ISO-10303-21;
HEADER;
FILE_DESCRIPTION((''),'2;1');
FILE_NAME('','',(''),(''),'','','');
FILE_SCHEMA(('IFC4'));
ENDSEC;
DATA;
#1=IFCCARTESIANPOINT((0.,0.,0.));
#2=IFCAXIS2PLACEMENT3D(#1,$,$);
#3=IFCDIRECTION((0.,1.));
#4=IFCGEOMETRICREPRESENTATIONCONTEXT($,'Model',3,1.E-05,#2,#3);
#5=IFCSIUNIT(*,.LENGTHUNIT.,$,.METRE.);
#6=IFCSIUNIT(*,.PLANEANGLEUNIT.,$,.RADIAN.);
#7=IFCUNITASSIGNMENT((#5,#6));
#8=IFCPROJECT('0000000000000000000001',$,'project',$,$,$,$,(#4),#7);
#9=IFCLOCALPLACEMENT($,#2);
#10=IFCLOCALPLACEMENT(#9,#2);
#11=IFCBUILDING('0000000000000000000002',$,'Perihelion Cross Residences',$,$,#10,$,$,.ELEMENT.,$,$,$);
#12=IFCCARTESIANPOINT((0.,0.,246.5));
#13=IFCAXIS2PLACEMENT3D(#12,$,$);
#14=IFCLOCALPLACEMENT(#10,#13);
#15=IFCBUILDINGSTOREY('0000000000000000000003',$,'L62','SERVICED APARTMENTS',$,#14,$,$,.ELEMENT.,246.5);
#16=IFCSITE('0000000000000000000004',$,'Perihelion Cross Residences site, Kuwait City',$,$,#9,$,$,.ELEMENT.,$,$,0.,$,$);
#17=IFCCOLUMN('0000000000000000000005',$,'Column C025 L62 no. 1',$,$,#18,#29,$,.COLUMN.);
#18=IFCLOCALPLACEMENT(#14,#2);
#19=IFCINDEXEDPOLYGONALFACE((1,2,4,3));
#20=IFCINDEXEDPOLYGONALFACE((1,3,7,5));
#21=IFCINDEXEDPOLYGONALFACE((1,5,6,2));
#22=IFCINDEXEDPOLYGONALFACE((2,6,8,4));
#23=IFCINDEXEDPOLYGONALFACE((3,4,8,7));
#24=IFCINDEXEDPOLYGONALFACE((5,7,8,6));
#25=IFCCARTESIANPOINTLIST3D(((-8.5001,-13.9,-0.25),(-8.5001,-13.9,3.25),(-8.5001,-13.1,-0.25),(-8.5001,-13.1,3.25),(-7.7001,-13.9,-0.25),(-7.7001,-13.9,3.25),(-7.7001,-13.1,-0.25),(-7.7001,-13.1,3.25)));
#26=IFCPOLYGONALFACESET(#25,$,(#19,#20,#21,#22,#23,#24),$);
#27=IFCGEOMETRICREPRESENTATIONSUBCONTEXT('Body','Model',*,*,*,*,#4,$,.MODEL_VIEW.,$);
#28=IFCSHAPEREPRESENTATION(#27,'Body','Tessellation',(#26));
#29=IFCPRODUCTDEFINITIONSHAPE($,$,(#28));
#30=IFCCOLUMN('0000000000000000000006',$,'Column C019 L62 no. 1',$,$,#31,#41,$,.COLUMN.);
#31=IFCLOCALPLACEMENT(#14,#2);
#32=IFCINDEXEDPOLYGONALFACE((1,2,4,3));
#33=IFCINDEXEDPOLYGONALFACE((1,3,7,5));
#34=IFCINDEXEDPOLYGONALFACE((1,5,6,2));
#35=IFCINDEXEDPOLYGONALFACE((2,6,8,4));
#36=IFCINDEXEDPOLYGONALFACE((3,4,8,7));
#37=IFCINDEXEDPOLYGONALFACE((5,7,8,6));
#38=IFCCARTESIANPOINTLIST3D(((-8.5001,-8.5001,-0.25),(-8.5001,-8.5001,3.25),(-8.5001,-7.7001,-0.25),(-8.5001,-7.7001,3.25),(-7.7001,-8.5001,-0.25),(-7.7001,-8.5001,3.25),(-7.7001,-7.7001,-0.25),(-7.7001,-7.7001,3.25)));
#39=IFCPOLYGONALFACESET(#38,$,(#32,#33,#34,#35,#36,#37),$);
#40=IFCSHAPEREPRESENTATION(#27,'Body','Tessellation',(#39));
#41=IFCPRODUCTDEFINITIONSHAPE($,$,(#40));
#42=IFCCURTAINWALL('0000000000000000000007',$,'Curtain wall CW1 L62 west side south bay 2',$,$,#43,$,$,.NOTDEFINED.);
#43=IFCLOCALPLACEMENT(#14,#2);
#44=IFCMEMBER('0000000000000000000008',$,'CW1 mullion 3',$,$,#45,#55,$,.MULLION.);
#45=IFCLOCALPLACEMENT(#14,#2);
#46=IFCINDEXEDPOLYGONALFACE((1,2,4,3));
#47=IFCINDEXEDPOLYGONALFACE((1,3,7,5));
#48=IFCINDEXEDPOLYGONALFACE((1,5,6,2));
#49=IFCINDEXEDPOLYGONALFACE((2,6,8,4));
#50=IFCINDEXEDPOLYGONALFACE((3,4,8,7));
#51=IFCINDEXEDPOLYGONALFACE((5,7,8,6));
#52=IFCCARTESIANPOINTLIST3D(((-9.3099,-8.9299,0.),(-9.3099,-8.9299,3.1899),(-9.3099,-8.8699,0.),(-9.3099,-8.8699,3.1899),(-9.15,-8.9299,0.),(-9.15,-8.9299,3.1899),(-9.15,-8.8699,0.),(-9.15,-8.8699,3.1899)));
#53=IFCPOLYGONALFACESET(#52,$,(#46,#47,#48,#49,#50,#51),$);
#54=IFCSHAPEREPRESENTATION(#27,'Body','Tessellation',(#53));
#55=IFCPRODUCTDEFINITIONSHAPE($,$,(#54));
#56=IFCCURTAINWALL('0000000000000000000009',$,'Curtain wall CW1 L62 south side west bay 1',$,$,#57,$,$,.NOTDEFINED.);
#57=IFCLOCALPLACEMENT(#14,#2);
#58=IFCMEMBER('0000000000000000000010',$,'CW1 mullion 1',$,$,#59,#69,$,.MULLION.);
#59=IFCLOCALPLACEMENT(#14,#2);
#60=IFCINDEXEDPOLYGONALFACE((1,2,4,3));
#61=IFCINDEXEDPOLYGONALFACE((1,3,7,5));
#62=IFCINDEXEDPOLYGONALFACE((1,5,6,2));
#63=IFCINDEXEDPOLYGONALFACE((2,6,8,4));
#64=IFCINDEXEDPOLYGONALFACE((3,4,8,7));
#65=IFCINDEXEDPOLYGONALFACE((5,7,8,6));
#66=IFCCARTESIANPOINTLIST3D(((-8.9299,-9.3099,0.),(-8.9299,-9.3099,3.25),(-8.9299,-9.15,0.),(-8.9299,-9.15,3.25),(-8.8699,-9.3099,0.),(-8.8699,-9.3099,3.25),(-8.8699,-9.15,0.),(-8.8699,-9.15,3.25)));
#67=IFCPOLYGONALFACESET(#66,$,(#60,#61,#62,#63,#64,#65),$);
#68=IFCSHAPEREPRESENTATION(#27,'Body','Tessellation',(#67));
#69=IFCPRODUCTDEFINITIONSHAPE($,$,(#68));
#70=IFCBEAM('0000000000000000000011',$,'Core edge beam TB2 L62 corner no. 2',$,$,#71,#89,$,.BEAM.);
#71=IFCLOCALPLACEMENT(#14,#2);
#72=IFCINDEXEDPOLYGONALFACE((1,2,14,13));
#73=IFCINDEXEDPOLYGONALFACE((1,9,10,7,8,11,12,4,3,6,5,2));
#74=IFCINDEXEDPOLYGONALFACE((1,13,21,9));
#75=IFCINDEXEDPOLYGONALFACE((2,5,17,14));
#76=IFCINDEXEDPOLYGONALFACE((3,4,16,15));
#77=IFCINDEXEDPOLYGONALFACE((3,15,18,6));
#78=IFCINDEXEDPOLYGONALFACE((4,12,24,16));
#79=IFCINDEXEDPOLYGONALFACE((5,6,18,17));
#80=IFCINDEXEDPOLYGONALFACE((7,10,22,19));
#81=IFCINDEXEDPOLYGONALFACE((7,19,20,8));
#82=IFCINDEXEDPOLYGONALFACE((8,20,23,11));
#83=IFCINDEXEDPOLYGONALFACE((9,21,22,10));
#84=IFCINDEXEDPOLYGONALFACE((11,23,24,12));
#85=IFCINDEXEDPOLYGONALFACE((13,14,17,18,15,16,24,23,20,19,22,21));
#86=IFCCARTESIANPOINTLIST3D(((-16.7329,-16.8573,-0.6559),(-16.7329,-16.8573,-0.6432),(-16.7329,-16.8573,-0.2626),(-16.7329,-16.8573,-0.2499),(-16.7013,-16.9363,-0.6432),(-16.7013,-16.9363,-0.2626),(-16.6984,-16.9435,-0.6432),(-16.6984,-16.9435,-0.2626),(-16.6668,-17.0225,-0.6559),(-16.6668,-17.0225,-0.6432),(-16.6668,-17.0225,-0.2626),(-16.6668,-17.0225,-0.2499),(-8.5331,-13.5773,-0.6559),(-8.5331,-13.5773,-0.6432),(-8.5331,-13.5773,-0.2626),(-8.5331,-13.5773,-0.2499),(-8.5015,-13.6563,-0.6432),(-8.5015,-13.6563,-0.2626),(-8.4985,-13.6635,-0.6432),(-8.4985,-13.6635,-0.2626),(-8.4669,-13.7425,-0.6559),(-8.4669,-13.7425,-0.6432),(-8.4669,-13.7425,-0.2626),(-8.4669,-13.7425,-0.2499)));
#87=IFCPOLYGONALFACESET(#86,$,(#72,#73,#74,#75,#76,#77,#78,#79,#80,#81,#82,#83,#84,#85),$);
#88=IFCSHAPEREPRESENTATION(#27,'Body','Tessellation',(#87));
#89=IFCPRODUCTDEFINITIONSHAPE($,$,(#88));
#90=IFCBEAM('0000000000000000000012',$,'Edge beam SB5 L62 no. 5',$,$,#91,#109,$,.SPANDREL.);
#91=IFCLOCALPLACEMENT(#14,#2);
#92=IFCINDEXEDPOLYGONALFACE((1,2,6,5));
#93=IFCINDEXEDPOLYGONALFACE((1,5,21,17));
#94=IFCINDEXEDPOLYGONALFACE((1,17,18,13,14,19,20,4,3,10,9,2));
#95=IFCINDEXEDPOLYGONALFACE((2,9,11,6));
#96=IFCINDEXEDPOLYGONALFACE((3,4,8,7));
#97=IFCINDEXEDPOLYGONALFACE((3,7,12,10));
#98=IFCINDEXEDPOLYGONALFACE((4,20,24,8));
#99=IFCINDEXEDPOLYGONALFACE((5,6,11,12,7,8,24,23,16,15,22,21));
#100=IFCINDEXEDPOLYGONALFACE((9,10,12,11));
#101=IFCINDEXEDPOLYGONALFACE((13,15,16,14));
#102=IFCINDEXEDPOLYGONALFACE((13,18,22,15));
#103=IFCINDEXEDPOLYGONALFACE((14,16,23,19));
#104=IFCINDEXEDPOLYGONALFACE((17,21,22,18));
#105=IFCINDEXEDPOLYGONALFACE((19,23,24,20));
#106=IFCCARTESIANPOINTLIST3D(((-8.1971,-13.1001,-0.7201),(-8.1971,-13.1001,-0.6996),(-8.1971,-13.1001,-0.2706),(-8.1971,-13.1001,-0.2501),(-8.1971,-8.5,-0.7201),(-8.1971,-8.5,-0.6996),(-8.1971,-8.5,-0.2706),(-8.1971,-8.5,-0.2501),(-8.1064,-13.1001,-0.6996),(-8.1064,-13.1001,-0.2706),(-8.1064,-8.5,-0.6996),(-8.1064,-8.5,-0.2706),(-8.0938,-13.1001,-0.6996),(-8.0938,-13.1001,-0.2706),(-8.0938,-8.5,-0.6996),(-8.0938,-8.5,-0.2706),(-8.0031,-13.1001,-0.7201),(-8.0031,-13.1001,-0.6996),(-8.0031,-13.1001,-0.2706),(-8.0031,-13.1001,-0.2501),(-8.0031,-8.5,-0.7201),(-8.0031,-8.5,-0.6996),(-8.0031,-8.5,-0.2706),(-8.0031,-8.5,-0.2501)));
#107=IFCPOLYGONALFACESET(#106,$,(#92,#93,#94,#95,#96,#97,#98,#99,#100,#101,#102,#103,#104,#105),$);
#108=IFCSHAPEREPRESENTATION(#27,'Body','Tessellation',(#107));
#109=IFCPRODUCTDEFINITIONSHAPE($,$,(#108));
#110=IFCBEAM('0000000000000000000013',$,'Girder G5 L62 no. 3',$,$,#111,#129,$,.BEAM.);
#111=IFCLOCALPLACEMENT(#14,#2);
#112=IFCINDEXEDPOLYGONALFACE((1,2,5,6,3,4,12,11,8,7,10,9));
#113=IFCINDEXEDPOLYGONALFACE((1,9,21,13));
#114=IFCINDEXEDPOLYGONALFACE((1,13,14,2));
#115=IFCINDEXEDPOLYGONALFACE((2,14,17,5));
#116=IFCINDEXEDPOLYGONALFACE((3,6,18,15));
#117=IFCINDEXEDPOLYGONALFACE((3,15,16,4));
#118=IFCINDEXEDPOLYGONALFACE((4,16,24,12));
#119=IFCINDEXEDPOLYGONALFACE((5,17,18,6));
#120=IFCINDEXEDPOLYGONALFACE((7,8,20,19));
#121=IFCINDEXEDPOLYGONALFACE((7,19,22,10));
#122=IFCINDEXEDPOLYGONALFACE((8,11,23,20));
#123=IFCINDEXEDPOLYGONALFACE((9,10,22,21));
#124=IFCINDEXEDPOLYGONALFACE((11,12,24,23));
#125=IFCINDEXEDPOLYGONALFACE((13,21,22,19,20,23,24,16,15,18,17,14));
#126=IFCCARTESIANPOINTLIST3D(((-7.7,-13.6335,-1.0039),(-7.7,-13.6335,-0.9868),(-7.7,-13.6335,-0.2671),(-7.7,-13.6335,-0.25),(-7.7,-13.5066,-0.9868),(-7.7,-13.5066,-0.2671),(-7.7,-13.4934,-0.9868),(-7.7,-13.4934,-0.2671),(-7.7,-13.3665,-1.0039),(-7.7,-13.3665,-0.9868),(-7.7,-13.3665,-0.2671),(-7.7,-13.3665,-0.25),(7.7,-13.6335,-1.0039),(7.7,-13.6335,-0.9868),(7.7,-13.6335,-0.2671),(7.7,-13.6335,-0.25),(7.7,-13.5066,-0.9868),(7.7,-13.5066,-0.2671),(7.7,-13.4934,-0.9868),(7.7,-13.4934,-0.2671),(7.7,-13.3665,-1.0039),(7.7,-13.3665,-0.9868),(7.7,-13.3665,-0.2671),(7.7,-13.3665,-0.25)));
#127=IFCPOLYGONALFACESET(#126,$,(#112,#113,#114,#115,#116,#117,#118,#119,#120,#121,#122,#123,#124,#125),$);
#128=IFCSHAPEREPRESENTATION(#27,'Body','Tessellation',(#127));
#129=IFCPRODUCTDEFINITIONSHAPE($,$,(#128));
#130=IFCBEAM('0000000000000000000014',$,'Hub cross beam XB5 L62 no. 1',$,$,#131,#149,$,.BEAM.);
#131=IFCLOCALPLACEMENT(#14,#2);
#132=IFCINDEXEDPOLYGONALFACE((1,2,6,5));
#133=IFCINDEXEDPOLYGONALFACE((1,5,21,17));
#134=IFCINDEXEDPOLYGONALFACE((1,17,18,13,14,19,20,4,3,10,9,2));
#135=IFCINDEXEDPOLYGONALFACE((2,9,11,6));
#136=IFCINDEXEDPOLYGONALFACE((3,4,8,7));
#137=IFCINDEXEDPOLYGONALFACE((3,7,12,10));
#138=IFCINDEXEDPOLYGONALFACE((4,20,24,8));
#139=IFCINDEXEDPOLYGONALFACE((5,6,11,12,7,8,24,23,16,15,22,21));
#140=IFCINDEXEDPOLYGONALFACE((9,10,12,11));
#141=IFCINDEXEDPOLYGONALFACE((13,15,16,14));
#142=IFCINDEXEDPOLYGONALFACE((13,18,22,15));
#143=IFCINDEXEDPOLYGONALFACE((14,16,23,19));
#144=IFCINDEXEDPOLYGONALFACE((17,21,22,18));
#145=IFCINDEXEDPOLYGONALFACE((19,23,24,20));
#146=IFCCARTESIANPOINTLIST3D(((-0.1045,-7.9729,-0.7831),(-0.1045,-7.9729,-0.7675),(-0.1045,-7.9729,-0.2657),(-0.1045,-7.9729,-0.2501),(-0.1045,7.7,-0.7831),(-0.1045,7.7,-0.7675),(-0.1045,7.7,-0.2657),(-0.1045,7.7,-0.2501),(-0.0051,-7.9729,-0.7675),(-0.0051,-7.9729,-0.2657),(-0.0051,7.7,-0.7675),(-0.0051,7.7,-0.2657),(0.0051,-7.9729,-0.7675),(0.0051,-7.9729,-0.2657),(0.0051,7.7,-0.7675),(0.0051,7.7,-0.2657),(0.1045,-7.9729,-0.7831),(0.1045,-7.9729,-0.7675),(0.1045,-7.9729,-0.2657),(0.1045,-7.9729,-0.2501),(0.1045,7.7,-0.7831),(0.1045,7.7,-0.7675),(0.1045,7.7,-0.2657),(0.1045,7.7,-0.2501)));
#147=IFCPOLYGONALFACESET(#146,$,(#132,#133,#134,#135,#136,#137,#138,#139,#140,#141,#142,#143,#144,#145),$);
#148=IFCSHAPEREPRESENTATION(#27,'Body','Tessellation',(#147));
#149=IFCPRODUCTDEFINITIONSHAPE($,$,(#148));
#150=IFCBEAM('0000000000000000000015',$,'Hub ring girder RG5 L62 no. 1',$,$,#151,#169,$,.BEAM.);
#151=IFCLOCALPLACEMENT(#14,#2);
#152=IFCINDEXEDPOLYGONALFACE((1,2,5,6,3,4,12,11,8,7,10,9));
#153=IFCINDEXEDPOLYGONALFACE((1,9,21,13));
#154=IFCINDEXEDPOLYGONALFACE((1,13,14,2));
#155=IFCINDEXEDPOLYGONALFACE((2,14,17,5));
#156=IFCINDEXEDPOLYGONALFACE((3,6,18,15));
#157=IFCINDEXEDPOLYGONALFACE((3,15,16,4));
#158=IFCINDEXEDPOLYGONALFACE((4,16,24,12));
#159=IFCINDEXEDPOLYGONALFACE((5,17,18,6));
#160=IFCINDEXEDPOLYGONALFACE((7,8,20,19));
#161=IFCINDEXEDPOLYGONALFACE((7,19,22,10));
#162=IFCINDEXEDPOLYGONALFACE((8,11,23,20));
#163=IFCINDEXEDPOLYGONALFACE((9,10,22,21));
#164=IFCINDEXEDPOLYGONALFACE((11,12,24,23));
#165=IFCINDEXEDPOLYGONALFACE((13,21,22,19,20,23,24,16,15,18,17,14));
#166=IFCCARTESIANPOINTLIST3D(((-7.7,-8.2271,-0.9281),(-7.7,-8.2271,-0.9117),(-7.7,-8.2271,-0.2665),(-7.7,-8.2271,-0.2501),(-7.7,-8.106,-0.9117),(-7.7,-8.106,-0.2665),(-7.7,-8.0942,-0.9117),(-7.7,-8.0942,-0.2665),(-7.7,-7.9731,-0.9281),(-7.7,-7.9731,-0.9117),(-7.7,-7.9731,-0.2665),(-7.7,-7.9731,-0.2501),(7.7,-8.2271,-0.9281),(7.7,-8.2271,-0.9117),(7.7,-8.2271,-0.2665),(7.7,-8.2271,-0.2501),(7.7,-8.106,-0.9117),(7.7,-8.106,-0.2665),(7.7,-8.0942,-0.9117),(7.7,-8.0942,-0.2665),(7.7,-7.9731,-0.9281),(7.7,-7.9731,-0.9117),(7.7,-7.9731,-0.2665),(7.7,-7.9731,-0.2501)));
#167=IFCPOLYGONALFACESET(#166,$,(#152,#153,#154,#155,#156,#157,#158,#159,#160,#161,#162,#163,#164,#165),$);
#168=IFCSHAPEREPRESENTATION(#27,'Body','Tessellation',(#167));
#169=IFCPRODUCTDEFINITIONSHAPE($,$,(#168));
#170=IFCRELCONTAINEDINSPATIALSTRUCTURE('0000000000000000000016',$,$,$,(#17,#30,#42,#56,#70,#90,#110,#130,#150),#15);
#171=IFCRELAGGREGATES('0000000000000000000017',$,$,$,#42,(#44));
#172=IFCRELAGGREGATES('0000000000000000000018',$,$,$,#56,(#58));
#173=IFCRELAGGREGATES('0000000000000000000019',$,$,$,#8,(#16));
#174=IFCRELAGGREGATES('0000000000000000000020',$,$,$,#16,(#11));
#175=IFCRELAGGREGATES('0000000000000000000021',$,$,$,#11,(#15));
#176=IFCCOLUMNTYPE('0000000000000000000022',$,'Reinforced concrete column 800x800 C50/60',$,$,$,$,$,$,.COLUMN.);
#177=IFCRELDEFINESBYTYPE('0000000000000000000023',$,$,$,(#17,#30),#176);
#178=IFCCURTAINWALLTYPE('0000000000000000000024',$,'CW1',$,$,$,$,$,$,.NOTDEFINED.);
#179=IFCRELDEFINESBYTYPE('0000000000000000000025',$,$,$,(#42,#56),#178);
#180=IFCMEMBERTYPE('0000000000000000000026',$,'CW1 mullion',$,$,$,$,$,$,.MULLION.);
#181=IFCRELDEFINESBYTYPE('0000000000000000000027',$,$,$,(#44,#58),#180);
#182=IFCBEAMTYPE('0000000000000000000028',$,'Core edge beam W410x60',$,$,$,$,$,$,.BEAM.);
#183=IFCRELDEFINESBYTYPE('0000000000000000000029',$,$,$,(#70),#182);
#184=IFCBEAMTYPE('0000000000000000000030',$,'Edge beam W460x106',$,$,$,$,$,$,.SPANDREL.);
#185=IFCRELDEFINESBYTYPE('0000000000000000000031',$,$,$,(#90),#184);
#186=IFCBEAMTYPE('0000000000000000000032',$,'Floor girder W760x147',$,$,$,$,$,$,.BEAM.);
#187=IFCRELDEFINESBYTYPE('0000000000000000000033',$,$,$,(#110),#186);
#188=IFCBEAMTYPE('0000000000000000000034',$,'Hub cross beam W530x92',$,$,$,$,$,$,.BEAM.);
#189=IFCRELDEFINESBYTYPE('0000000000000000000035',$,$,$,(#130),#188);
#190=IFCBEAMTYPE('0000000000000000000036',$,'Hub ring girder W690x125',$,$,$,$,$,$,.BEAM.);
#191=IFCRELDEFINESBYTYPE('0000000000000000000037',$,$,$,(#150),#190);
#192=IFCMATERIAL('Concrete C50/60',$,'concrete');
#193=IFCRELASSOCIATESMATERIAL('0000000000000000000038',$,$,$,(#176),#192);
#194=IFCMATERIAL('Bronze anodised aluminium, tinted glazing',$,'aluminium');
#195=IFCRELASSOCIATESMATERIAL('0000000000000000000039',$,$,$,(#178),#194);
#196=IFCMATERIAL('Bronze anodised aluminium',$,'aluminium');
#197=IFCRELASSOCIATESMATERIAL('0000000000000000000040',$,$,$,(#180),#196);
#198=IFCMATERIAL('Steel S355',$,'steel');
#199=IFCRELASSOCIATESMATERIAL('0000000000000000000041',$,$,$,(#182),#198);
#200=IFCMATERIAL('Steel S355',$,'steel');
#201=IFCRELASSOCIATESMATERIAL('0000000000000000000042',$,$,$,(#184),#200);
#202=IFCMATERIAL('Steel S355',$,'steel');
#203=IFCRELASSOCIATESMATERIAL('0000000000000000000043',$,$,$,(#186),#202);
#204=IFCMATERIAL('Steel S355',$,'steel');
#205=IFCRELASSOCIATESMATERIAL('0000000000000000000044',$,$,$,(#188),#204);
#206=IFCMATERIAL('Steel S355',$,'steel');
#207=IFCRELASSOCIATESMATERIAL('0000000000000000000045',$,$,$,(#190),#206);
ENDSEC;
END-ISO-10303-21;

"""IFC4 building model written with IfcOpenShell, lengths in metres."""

from ifc_helpers import new_model, si_unit, direction, frame, origin, origin_2d, place, context, subcontext, project, spatial, rectangle, i_section, extrude, material, material_profile, profile_set, type_object, element, aggregate, save


model = new_model("IFC4")

# Units and contexts
model_context = context("Model", 3, precision=1e-05, world=origin(), true_north=direction((0.0, 1.0)))
body_context = subcontext(model_context, "Body", "Model", "MODEL_VIEW")
ifc_project = project(units=[si_unit("LENGTHUNIT", "METRE"), si_unit("PLANEANGLEUNIT", "RADIAN")], contexts=[model_context])

# Site, building, storey
site_placement = place(None, origin())
site = spatial("IfcSite", under=ifc_project, at=site_placement, Name="Perihelion Cross Residences site, Kuwait City", CompositionType="ELEMENT", RefElevation=0.0)
building_placement = place(site_placement, origin())
building = spatial("IfcBuilding", under=site, at=building_placement, Name="Perihelion Cross Residences", CompositionType="ELEMENT")
storey_placement = place(building_placement, frame((0.0, 0.0, 246.5)))
storey = spatial("IfcBuildingStorey", under=building, at=storey_placement, Name="L62", Description="SERVICED APARTMENTS", CompositionType="ELEMENT", Elevation=246.5)

# Columns
ifc_material_1 = material(Name="Concrete C50/60", Category="concrete")
ifc_material_profile_1 = material_profile(ifc_material_1, rectangle(XDim=0.8, YDim=0.8, at=origin_2d()), Name="RC 800x800")
ifc_profile_set_1 = profile_set([ifc_material_profile_1], Name="Concrete C50/60")
column_type = type_object("IfcColumnType", Name="Reinforced concrete column 800x800 C50/60", PredefinedType="COLUMN", material=ifc_profile_set_1)
for number, where, z_axis, x_axis, name in (
    (1, (-8.1001, -13.5, -0.25), (0.0, 0.0, 1.0), (1.0, 0.0, 0.0), "Column C025 L62 no. 1"),
    (2, (-8.1001, -8.1001, -0.25), (0.0, 0.0, 1.0), (1.0, 0.0, 0.0), "Column C019 L62 no. 1"),
):
    element("IfcColumn", number, at=place(storey_placement, frame(where, z_axis=z_axis, x_axis=x_axis)), inside=storey, type_object=column_type, Name=name, PredefinedType="COLUMN", context=body_context, shape_type="SweptSolid", body=[
        extrude(rectangle(XDim=0.8, YDim=0.8, at=origin_2d()), origin(), (0.0, 0.0, 1.0), 3.5),
    ])

# Curtain walls, members
ifc_material_2 = material(Name="Bronze anodised aluminium, tinted glazing", Category="aluminium")
curtain_wall_type = type_object("IfcCurtainWallType", Name="CW1", PredefinedType="NOTDEFINED", material=ifc_material_2)
curtain_wall_1_placement = place(storey_placement, origin())
curtain_wall_1 = element("IfcCurtainWall", 3, at=curtain_wall_1_placement, inside=storey, type_object=curtain_wall_type, Name="Curtain wall CW1 L62 west side south bay 2", PredefinedType="NOTDEFINED")
ifc_material_3 = material(Name="Bronze anodised aluminium", Category="aluminium")
ifc_material_profile_2 = material_profile(ifc_material_3, rectangle(XDim=0.0601, YDim=0.1599, at=origin_2d()), Name="CW1 mullion")
ifc_profile_set_2 = profile_set([ifc_material_profile_2], Name="Bronze anodised aluminium")
member_type = type_object("IfcMemberType", Name="CW1 mullion", PredefinedType="MULLION", material=ifc_profile_set_2)
member_1_placement = place(storey_placement, frame((-9.23, -8.8999, 0.0), z_axis=(0.0, 0.0, 1.0), x_axis=(0.0, 1.0, 0.0)))
member_1 = element("IfcMember", 4, at=member_1_placement, type_object=member_type, Name="CW1 mullion 3", PredefinedType="MULLION", context=body_context, shape_type="SweptSolid", body=[
    extrude(rectangle(XDim=0.0601, YDim=0.1599, at=origin_2d()), origin(), (0.0, 0.0, 1.0), 3.1899),
])
curtain_wall_2_placement = place(storey_placement, origin())
curtain_wall_2 = element("IfcCurtainWall", 5, at=curtain_wall_2_placement, inside=storey, type_object=curtain_wall_type, Name="Curtain wall CW1 L62 south side west bay 1", PredefinedType="NOTDEFINED")
member_2_placement = place(storey_placement, frame((-8.8999, -9.23, 0.0), z_axis=(0.0, 0.0, 1.0), x_axis=(1.0, 0.0, 0.0)))
member_2 = element("IfcMember", 6, at=member_2_placement, type_object=member_type, Name="CW1 mullion 1", PredefinedType="MULLION", context=body_context, shape_type="SweptSolid", body=[
    extrude(rectangle(XDim=0.0601, YDim=0.1599, at=origin_2d()), origin(), (0.0, 0.0, 1.0), 3.25),
])

# Beams
ifc_material_4 = material(Name="Steel S355", Category="steel")
ifc_material_profile_3 = material_profile(ifc_material_4, i_section(OverallWidth=0.178, OverallDepth=0.406, WebThickness=0.0078, FlangeThickness=0.0127, at=origin_2d()), Name="W410x60")
ifc_profile_set_3 = profile_set([ifc_material_profile_3], Name="Steel S355")
beam_type_1 = type_object("IfcBeamType", Name="Core edge beam W410x60", PredefinedType="BEAM", material=ifc_profile_set_3)
beam_1_placement = place(storey_placement, frame((-8.5, -13.6599, -0.4529), z_axis=(-0.928475, -0.371395, 0.0), x_axis=(0.371395, -0.928475, 0.0)))
element("IfcBeam", 7, at=beam_1_placement, inside=storey, type_object=beam_type_1, Name="Core edge beam TB2 L62 corner no. 2", PredefinedType="BEAM", context=body_context, shape_type="SweptSolid", body=[
    extrude(i_section(OverallWidth=0.178, OverallDepth=0.406, WebThickness=0.0078, FlangeThickness=0.0127, at=origin_2d()), origin(), (0.0, 0.0, 1.0), 8.8315),
])
ifc_material_5 = material(Name="Steel S355", Category="steel")
ifc_material_profile_4 = material_profile(ifc_material_5, i_section(OverallWidth=0.1941, OverallDepth=0.47, WebThickness=0.0127, FlangeThickness=0.0205, at=origin_2d()), Name="W460x106")
ifc_profile_set_4 = profile_set([ifc_material_profile_4], Name="Steel S355")
beam_type_2 = type_object("IfcBeamType", Name="Edge beam W460x106", PredefinedType="SPANDREL", material=ifc_profile_set_4)
beam_2_placement = place(storey_placement, frame((-8.1001, -8.5, -0.4851), z_axis=(0.0, -1.0, 0.0), x_axis=(1.0, 0.0, 0.0)))
element("IfcBeam", 8, at=beam_2_placement, inside=storey, type_object=beam_type_2, Name="Edge beam SB5 L62 no. 5", PredefinedType="SPANDREL", context=body_context, shape_type="SweptSolid", body=[
    extrude(i_section(OverallWidth=0.1941, OverallDepth=0.47, WebThickness=0.0127, FlangeThickness=0.0205, at=origin_2d()), origin(), (0.0, 0.0, 1.0), 4.6001),
])
ifc_material_6 = material(Name="Steel S355", Category="steel")
ifc_material_profile_5 = material_profile(ifc_material_6, i_section(OverallWidth=0.2671, OverallDepth=0.7539, WebThickness=0.0132, FlangeThickness=0.0171, at=origin_2d()), Name="W760x147")
ifc_profile_set_5 = profile_set([ifc_material_profile_5], Name="Steel S355")
beam_type_3 = type_object("IfcBeamType", Name="Floor girder W760x147", PredefinedType="BEAM", material=ifc_profile_set_5)
beam_3_placement = place(storey_placement, frame((-7.7, -13.5, -0.627), z_axis=(1.0, 0.0, 0.0), x_axis=(0.0, 1.0, 0.0)))
element("IfcBeam", 9, at=beam_3_placement, inside=storey, type_object=beam_type_3, Name="Girder G5 L62 no. 3", PredefinedType="BEAM", context=body_context, shape_type="SweptSolid", body=[
    extrude(i_section(OverallWidth=0.2671, OverallDepth=0.7539, WebThickness=0.0132, FlangeThickness=0.0171, at=origin_2d()), origin(), (0.0, 0.0, 1.0), 15.3999),
])
ifc_material_7 = material(Name="Steel S355", Category="steel")
ifc_material_profile_6 = material_profile(ifc_material_7, i_section(OverallWidth=0.209, OverallDepth=0.533, WebThickness=0.0103, FlangeThickness=0.0156, at=origin_2d()), Name="W530x92")
ifc_profile_set_6 = profile_set([ifc_material_profile_6], Name="Steel S355")
beam_type_4 = type_object("IfcBeamType", Name="Hub cross beam W530x92", PredefinedType="BEAM", material=ifc_profile_set_6)
beam_4_placement = place(storey_placement, frame((0.0, -7.9729, -0.5166), z_axis=(0.0, 1.0, 0.0), x_axis=(-1.0, 0.0, 0.0)))
element("IfcBeam", 10, at=beam_4_placement, inside=storey, type_object=beam_type_4, Name="Hub cross beam XB5 L62 no. 1", PredefinedType="BEAM", context=body_context, shape_type="SweptSolid", body=[
    extrude(i_section(OverallWidth=0.209, OverallDepth=0.533, WebThickness=0.0103, FlangeThickness=0.0156, at=origin_2d()), origin(), (0.0, 0.0, 1.0), 15.6729),
])
ifc_material_8 = material(Name="Steel S355", Category="steel")
ifc_material_profile_7 = material_profile(ifc_material_8, i_section(OverallWidth=0.2539, OverallDepth=0.678, WebThickness=0.0117, FlangeThickness=0.0164, at=origin_2d()), Name="W690x125")
ifc_profile_set_7 = profile_set([ifc_material_profile_7], Name="Steel S355")
beam_type_5 = type_object("IfcBeamType", Name="Hub ring girder W690x125", PredefinedType="BEAM", material=ifc_profile_set_7)
beam_5_placement = place(storey_placement, frame((-7.7, -8.1001, -0.5891), z_axis=(1.0, 0.0, 0.0), x_axis=(0.0, 1.0, 0.0)))
element("IfcBeam", 11, at=beam_5_placement, inside=storey, type_object=beam_type_5, Name="Hub ring girder RG5 L62 no. 1", PredefinedType="BEAM", context=body_context, shape_type="SweptSolid", body=[
    extrude(i_section(OverallWidth=0.2539, OverallDepth=0.678, WebThickness=0.0117, FlangeThickness=0.0164, at=origin_2d()), origin(), (0.0, 0.0, 1.0), 15.3999),
])

aggregate(curtain_wall_1, [member_1])
aggregate(curtain_wall_2, [member_2])

save(model, "model.ifc")
